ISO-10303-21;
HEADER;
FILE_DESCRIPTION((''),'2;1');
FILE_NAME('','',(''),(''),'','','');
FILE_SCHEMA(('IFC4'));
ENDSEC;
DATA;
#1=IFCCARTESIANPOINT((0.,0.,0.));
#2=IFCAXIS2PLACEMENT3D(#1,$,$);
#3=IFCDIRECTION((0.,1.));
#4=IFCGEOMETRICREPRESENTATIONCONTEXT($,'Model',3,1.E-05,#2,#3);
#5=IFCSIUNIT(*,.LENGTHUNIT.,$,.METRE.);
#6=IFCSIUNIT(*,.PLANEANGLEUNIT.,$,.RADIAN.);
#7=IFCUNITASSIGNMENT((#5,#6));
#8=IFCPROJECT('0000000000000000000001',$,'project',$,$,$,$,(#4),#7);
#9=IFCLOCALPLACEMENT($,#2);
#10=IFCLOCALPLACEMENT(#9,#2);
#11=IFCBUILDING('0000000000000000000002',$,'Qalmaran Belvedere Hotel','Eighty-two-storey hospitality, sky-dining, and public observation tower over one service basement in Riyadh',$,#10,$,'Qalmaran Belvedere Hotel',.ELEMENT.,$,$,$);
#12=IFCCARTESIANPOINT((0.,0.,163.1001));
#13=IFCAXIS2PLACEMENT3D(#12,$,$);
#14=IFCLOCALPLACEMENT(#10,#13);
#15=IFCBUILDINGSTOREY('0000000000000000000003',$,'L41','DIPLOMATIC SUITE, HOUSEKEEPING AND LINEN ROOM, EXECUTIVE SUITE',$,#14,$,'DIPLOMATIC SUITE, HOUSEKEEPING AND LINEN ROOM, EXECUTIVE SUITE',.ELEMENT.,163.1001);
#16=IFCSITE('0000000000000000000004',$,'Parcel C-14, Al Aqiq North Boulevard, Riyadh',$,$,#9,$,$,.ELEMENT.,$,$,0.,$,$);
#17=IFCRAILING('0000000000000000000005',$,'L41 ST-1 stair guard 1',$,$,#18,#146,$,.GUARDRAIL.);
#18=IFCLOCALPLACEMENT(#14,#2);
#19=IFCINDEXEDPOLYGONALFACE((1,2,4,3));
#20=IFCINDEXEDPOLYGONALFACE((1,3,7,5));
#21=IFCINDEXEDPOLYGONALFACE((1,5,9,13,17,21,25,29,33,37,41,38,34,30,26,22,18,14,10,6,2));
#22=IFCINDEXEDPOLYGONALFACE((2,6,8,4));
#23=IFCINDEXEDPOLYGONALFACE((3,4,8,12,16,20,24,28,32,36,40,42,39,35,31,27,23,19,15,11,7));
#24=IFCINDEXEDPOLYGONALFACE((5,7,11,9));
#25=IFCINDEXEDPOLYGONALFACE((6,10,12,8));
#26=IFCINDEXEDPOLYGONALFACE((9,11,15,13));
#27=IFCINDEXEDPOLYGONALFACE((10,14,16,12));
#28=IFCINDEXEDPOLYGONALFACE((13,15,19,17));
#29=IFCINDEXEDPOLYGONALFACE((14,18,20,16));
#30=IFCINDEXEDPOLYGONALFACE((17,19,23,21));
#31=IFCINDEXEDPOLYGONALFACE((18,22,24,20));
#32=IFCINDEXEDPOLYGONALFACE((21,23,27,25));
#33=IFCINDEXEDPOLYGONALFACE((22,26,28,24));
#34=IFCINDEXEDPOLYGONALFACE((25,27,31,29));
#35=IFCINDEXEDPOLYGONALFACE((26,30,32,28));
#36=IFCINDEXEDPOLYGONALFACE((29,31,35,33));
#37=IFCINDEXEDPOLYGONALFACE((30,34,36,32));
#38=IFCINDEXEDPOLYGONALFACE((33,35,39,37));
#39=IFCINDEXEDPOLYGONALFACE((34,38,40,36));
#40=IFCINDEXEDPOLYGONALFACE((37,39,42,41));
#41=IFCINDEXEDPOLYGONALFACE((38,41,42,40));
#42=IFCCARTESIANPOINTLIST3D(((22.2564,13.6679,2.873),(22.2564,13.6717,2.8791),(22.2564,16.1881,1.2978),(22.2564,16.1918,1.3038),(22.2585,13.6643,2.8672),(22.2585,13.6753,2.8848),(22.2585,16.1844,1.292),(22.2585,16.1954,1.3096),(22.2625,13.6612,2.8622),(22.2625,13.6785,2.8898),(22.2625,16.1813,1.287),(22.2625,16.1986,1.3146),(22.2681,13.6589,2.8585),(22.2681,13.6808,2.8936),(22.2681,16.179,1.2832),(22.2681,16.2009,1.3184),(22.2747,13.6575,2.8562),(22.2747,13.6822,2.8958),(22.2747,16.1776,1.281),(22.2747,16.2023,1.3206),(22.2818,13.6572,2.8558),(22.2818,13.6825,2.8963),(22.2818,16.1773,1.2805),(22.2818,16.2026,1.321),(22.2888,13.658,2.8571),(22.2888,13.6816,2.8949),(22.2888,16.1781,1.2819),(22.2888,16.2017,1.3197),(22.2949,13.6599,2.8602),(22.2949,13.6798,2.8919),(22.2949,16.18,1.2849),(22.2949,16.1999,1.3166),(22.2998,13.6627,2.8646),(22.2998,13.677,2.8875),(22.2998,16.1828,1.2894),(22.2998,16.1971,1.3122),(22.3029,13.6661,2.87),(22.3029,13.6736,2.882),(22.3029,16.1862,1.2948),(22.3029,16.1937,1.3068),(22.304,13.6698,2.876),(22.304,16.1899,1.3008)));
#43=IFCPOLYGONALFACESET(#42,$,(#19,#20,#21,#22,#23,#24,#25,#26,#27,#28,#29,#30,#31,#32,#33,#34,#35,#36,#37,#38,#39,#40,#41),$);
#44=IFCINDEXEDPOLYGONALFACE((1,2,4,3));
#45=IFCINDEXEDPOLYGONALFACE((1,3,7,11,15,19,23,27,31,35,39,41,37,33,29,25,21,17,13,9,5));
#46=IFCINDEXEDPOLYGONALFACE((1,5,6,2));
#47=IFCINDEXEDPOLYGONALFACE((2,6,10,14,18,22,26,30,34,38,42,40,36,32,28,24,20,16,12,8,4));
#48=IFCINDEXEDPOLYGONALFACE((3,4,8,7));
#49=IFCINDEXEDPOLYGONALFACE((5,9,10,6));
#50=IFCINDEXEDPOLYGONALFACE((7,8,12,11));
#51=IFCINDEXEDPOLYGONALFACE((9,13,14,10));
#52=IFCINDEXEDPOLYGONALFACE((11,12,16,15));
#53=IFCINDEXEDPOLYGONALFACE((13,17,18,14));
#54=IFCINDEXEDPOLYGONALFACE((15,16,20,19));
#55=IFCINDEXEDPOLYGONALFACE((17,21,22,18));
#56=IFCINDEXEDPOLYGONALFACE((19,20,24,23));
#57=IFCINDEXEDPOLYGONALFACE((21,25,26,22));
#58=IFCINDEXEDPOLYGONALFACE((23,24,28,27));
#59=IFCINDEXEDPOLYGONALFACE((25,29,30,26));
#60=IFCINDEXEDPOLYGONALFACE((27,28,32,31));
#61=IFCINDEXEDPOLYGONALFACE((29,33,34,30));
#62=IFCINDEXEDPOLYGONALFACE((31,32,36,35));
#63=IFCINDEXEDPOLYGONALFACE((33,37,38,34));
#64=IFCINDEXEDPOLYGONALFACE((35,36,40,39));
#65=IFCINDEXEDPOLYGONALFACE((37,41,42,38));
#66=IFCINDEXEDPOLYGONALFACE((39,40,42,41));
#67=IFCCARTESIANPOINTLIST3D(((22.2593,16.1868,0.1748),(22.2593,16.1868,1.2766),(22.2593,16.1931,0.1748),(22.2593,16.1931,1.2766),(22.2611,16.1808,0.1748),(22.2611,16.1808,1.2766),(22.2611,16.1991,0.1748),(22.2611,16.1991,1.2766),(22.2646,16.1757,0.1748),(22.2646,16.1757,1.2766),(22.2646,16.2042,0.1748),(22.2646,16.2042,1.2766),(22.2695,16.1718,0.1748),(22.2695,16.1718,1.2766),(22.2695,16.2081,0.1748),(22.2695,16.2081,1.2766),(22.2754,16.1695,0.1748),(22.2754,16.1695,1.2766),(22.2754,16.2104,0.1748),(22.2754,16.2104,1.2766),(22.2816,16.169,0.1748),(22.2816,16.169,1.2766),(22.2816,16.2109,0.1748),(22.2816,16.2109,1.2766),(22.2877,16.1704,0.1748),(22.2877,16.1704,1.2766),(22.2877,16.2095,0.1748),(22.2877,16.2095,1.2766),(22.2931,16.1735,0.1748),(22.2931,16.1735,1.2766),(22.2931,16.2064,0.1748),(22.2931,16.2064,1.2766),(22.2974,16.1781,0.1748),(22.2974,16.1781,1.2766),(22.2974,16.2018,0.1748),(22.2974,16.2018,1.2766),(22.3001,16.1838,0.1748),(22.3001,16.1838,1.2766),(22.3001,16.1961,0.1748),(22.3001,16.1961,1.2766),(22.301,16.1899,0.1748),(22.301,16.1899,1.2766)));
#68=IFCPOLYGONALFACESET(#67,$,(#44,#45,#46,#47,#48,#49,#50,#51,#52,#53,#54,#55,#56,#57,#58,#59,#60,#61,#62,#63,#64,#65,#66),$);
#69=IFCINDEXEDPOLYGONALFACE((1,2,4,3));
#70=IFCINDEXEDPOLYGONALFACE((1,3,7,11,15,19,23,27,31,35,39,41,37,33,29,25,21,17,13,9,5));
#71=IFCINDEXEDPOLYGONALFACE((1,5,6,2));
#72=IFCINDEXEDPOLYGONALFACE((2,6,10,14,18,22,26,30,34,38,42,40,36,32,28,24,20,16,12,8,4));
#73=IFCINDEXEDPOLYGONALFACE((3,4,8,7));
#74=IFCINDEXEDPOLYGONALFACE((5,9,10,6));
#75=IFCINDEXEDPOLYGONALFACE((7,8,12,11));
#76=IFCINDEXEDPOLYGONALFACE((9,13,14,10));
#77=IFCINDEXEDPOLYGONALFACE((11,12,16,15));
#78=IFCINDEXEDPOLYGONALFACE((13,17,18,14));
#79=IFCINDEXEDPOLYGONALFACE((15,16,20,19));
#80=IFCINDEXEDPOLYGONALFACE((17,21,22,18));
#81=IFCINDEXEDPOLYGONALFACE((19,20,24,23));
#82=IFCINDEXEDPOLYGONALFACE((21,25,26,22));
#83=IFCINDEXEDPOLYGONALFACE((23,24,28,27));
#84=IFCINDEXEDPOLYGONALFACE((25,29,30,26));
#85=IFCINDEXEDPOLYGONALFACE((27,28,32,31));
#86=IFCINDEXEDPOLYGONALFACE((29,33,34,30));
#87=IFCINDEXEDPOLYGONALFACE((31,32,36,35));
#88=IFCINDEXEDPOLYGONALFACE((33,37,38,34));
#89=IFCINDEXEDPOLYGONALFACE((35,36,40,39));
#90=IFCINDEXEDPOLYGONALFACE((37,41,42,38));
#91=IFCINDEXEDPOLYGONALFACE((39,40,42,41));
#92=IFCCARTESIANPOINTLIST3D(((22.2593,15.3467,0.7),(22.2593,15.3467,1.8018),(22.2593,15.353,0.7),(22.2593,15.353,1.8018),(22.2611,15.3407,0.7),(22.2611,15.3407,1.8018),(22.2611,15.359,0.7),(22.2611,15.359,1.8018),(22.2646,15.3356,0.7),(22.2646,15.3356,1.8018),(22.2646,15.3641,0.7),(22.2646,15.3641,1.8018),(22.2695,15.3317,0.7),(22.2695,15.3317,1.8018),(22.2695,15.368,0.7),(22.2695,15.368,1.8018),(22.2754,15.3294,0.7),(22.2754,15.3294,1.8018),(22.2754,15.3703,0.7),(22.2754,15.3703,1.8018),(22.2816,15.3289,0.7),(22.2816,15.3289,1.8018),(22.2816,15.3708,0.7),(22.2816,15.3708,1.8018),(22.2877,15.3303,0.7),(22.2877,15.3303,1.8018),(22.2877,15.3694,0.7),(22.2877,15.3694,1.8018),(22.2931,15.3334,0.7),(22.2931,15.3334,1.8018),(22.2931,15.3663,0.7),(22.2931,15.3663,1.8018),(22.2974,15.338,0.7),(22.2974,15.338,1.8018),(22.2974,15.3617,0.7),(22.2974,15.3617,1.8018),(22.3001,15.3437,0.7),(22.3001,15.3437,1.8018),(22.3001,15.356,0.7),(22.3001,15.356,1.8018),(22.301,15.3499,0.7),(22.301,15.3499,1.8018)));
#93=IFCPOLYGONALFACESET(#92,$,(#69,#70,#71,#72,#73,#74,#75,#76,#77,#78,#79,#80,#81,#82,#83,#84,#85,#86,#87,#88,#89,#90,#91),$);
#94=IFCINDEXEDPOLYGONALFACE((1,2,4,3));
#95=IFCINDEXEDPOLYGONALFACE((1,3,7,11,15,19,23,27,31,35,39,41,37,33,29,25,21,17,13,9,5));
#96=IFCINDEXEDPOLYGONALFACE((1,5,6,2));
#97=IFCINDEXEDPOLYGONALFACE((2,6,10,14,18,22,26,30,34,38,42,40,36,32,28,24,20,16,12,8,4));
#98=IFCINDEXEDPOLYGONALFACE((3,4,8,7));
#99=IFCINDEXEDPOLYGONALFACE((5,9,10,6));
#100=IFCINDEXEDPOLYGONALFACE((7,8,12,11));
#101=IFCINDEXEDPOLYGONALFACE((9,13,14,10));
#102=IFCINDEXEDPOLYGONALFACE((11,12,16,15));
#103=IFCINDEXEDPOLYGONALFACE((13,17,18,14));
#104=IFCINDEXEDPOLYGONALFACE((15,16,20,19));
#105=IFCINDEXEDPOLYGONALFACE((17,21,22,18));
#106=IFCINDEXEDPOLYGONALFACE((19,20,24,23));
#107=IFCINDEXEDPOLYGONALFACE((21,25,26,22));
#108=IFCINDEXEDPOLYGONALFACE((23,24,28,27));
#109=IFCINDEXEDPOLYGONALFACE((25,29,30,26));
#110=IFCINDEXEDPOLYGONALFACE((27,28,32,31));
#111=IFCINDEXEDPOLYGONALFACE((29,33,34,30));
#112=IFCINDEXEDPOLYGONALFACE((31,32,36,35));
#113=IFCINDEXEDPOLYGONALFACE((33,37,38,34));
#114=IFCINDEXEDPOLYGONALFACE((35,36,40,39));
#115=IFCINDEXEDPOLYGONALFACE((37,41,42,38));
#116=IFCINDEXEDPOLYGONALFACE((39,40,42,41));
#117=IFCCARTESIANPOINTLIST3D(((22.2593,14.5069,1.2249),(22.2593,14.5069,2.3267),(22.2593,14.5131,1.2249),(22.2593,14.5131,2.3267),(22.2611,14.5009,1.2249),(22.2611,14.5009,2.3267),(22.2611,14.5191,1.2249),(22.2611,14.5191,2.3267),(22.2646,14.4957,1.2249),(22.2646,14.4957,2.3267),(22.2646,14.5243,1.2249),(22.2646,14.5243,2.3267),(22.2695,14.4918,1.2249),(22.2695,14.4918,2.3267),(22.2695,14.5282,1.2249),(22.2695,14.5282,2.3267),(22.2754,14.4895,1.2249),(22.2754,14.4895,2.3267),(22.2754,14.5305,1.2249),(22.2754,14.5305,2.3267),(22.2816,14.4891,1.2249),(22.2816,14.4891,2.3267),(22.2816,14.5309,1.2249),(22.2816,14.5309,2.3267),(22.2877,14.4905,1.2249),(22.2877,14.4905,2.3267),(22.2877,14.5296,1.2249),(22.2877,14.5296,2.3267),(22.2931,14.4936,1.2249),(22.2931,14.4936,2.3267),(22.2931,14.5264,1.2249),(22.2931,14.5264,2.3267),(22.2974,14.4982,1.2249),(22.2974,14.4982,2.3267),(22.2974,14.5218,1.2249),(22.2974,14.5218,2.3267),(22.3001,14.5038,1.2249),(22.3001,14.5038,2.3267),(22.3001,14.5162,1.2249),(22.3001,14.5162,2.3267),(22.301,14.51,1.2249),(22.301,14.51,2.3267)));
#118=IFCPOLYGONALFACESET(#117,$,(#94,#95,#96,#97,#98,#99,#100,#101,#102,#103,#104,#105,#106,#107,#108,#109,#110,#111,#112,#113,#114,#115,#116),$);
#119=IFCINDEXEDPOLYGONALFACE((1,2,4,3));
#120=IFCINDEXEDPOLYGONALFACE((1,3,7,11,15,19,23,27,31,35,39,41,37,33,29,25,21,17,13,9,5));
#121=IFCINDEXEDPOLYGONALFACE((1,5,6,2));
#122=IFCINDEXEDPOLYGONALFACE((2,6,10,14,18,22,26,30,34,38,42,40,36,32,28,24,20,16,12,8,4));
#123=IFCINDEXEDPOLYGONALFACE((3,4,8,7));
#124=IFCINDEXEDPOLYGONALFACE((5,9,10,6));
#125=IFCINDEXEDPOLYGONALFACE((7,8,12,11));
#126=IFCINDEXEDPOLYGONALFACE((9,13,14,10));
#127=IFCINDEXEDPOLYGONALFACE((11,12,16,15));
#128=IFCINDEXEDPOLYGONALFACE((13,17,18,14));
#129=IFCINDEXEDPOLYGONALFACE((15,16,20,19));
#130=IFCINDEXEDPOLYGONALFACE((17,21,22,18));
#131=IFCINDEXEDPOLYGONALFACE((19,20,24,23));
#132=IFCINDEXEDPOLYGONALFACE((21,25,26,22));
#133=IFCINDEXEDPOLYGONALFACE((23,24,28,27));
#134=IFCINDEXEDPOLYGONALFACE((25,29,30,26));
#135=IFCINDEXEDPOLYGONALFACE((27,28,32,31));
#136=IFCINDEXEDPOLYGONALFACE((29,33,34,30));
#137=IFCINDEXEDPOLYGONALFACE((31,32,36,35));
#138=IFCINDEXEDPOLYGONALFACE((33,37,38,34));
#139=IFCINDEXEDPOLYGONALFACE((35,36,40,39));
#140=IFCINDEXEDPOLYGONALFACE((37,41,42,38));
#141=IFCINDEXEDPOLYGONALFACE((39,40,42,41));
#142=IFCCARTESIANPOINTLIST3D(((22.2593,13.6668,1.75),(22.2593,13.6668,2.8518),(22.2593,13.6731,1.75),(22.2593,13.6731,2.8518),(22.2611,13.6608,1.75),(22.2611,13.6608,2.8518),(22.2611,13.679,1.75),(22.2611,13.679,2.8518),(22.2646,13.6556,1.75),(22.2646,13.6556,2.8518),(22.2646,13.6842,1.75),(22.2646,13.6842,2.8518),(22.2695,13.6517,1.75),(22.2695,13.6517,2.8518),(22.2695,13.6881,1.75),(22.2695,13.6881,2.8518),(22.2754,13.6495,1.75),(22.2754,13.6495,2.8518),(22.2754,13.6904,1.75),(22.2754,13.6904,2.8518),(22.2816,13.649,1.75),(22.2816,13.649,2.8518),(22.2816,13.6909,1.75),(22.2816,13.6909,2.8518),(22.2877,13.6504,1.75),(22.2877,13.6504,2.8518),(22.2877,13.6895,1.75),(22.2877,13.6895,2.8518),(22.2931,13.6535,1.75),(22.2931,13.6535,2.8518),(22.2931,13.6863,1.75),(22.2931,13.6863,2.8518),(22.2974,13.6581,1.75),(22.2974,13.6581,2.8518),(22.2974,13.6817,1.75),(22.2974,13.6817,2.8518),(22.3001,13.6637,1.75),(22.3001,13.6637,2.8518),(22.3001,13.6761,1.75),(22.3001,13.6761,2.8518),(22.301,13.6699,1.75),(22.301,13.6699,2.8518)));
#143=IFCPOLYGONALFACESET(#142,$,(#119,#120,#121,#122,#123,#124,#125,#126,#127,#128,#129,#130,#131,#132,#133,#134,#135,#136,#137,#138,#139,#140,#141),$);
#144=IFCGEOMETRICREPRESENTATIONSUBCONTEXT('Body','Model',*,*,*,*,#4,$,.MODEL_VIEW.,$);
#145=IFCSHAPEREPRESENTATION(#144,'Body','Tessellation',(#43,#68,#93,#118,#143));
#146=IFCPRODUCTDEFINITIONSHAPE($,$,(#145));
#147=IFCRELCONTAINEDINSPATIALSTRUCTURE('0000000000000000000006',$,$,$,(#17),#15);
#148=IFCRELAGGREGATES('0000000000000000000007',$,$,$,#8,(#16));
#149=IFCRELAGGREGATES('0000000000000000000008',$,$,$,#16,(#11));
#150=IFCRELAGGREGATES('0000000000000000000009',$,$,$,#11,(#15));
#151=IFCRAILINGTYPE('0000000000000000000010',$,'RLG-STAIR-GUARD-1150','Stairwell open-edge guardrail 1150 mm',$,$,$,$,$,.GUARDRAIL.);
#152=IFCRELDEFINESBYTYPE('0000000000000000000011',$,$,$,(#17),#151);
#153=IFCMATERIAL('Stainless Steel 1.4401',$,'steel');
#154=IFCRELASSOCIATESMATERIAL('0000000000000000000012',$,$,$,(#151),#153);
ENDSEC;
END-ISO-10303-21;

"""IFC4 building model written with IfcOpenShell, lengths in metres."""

from ifc_helpers import new_model, si_unit, direction, frame, origin, origin_2d, place, context, subcontext, project, spatial, circle, extrude, material, type_object, element, save


model = new_model("IFC4")

# Units and contexts
model_context = context("Model", 3, precision=1e-05, world=origin(), true_north=direction((0.0, 1.0)))
body_context = subcontext(model_context, "Body", "Model", "MODEL_VIEW")
ifc_project = project(units=[si_unit("LENGTHUNIT", "METRE"), si_unit("PLANEANGLEUNIT", "RADIAN")], contexts=[model_context])

# Site, building, storey
site_placement = place(None, origin())
site = spatial("IfcSite", under=ifc_project, at=site_placement, Name="Parcel C-14, Al Aqiq North Boulevard, Riyadh", CompositionType="ELEMENT", RefElevation=0.0)
building_placement = place(site_placement, origin())
building = spatial("IfcBuilding", under=site, at=building_placement, Name="Qalmaran Belvedere Hotel", Description="Eighty-two-storey hospitality, sky-dining, and public observation tower over one service basement in Riyadh", LongName="Qalmaran Belvedere Hotel", CompositionType="ELEMENT")
storey_placement = place(building_placement, frame((0.0, 0.0, 163.1001)))
storey = spatial("IfcBuildingStorey", under=building, at=storey_placement, Name="L41", Description="DIPLOMATIC SUITE, HOUSEKEEPING AND LINEN ROOM, EXECUTIVE SUITE", LongName="DIPLOMATIC SUITE, HOUSEKEEPING AND LINEN ROOM, EXECUTIVE SUITE", CompositionType="ELEMENT", Elevation=163.1001)

# Railing
ifc_material_1 = material(Name="Stainless Steel 1.4401", Category="steel")
railing_type_1 = type_object("IfcRailingType", Name="RLG-STAIR-GUARD-1150", Description="Stairwell open-edge guardrail 1150 mm", PredefinedType="GUARDRAIL", material=ifc_material_1)
railing_1_placement = place(storey_placement, frame((22.28, 16.1899, 0.1748)))
element("IfcRailing", 1, at=railing_1_placement, inside=storey, type_object=railing_type_1, Name="L41 ST-1 stair guard 1", PredefinedType="GUARDRAIL", context=body_context, shape_type="SweptSolid", body=[
    extrude(circle(Radius=0.0239, at=origin_2d()), frame((0.0, 0.0, 1.126), z_axis=(0.0, -0.847971, 0.530043), x_axis=(1.0, 0.0, 0.0)), (0.0, 0.0, 1.0), 2.9719),
    extrude(circle(Radius=0.021, at=origin_2d()), origin(), (0.0, 0.0, 1.0), 1.1018),
    extrude(circle(Radius=0.021, at=origin_2d()), frame((0.0, -0.8401, 0.5251)), (0.0, 0.0, 1.0), 1.1018),
    extrude(circle(Radius=0.021, at=origin_2d()), frame((0.0, -1.6799, 1.05)), (0.0, 0.0, 1.0), 1.1018),
    extrude(circle(Radius=0.021, at=origin_2d()), frame((0.0, -2.52, 1.5752)), (0.0, 0.0, 1.0), 1.1018),
])

save(model, "model.ifc")
